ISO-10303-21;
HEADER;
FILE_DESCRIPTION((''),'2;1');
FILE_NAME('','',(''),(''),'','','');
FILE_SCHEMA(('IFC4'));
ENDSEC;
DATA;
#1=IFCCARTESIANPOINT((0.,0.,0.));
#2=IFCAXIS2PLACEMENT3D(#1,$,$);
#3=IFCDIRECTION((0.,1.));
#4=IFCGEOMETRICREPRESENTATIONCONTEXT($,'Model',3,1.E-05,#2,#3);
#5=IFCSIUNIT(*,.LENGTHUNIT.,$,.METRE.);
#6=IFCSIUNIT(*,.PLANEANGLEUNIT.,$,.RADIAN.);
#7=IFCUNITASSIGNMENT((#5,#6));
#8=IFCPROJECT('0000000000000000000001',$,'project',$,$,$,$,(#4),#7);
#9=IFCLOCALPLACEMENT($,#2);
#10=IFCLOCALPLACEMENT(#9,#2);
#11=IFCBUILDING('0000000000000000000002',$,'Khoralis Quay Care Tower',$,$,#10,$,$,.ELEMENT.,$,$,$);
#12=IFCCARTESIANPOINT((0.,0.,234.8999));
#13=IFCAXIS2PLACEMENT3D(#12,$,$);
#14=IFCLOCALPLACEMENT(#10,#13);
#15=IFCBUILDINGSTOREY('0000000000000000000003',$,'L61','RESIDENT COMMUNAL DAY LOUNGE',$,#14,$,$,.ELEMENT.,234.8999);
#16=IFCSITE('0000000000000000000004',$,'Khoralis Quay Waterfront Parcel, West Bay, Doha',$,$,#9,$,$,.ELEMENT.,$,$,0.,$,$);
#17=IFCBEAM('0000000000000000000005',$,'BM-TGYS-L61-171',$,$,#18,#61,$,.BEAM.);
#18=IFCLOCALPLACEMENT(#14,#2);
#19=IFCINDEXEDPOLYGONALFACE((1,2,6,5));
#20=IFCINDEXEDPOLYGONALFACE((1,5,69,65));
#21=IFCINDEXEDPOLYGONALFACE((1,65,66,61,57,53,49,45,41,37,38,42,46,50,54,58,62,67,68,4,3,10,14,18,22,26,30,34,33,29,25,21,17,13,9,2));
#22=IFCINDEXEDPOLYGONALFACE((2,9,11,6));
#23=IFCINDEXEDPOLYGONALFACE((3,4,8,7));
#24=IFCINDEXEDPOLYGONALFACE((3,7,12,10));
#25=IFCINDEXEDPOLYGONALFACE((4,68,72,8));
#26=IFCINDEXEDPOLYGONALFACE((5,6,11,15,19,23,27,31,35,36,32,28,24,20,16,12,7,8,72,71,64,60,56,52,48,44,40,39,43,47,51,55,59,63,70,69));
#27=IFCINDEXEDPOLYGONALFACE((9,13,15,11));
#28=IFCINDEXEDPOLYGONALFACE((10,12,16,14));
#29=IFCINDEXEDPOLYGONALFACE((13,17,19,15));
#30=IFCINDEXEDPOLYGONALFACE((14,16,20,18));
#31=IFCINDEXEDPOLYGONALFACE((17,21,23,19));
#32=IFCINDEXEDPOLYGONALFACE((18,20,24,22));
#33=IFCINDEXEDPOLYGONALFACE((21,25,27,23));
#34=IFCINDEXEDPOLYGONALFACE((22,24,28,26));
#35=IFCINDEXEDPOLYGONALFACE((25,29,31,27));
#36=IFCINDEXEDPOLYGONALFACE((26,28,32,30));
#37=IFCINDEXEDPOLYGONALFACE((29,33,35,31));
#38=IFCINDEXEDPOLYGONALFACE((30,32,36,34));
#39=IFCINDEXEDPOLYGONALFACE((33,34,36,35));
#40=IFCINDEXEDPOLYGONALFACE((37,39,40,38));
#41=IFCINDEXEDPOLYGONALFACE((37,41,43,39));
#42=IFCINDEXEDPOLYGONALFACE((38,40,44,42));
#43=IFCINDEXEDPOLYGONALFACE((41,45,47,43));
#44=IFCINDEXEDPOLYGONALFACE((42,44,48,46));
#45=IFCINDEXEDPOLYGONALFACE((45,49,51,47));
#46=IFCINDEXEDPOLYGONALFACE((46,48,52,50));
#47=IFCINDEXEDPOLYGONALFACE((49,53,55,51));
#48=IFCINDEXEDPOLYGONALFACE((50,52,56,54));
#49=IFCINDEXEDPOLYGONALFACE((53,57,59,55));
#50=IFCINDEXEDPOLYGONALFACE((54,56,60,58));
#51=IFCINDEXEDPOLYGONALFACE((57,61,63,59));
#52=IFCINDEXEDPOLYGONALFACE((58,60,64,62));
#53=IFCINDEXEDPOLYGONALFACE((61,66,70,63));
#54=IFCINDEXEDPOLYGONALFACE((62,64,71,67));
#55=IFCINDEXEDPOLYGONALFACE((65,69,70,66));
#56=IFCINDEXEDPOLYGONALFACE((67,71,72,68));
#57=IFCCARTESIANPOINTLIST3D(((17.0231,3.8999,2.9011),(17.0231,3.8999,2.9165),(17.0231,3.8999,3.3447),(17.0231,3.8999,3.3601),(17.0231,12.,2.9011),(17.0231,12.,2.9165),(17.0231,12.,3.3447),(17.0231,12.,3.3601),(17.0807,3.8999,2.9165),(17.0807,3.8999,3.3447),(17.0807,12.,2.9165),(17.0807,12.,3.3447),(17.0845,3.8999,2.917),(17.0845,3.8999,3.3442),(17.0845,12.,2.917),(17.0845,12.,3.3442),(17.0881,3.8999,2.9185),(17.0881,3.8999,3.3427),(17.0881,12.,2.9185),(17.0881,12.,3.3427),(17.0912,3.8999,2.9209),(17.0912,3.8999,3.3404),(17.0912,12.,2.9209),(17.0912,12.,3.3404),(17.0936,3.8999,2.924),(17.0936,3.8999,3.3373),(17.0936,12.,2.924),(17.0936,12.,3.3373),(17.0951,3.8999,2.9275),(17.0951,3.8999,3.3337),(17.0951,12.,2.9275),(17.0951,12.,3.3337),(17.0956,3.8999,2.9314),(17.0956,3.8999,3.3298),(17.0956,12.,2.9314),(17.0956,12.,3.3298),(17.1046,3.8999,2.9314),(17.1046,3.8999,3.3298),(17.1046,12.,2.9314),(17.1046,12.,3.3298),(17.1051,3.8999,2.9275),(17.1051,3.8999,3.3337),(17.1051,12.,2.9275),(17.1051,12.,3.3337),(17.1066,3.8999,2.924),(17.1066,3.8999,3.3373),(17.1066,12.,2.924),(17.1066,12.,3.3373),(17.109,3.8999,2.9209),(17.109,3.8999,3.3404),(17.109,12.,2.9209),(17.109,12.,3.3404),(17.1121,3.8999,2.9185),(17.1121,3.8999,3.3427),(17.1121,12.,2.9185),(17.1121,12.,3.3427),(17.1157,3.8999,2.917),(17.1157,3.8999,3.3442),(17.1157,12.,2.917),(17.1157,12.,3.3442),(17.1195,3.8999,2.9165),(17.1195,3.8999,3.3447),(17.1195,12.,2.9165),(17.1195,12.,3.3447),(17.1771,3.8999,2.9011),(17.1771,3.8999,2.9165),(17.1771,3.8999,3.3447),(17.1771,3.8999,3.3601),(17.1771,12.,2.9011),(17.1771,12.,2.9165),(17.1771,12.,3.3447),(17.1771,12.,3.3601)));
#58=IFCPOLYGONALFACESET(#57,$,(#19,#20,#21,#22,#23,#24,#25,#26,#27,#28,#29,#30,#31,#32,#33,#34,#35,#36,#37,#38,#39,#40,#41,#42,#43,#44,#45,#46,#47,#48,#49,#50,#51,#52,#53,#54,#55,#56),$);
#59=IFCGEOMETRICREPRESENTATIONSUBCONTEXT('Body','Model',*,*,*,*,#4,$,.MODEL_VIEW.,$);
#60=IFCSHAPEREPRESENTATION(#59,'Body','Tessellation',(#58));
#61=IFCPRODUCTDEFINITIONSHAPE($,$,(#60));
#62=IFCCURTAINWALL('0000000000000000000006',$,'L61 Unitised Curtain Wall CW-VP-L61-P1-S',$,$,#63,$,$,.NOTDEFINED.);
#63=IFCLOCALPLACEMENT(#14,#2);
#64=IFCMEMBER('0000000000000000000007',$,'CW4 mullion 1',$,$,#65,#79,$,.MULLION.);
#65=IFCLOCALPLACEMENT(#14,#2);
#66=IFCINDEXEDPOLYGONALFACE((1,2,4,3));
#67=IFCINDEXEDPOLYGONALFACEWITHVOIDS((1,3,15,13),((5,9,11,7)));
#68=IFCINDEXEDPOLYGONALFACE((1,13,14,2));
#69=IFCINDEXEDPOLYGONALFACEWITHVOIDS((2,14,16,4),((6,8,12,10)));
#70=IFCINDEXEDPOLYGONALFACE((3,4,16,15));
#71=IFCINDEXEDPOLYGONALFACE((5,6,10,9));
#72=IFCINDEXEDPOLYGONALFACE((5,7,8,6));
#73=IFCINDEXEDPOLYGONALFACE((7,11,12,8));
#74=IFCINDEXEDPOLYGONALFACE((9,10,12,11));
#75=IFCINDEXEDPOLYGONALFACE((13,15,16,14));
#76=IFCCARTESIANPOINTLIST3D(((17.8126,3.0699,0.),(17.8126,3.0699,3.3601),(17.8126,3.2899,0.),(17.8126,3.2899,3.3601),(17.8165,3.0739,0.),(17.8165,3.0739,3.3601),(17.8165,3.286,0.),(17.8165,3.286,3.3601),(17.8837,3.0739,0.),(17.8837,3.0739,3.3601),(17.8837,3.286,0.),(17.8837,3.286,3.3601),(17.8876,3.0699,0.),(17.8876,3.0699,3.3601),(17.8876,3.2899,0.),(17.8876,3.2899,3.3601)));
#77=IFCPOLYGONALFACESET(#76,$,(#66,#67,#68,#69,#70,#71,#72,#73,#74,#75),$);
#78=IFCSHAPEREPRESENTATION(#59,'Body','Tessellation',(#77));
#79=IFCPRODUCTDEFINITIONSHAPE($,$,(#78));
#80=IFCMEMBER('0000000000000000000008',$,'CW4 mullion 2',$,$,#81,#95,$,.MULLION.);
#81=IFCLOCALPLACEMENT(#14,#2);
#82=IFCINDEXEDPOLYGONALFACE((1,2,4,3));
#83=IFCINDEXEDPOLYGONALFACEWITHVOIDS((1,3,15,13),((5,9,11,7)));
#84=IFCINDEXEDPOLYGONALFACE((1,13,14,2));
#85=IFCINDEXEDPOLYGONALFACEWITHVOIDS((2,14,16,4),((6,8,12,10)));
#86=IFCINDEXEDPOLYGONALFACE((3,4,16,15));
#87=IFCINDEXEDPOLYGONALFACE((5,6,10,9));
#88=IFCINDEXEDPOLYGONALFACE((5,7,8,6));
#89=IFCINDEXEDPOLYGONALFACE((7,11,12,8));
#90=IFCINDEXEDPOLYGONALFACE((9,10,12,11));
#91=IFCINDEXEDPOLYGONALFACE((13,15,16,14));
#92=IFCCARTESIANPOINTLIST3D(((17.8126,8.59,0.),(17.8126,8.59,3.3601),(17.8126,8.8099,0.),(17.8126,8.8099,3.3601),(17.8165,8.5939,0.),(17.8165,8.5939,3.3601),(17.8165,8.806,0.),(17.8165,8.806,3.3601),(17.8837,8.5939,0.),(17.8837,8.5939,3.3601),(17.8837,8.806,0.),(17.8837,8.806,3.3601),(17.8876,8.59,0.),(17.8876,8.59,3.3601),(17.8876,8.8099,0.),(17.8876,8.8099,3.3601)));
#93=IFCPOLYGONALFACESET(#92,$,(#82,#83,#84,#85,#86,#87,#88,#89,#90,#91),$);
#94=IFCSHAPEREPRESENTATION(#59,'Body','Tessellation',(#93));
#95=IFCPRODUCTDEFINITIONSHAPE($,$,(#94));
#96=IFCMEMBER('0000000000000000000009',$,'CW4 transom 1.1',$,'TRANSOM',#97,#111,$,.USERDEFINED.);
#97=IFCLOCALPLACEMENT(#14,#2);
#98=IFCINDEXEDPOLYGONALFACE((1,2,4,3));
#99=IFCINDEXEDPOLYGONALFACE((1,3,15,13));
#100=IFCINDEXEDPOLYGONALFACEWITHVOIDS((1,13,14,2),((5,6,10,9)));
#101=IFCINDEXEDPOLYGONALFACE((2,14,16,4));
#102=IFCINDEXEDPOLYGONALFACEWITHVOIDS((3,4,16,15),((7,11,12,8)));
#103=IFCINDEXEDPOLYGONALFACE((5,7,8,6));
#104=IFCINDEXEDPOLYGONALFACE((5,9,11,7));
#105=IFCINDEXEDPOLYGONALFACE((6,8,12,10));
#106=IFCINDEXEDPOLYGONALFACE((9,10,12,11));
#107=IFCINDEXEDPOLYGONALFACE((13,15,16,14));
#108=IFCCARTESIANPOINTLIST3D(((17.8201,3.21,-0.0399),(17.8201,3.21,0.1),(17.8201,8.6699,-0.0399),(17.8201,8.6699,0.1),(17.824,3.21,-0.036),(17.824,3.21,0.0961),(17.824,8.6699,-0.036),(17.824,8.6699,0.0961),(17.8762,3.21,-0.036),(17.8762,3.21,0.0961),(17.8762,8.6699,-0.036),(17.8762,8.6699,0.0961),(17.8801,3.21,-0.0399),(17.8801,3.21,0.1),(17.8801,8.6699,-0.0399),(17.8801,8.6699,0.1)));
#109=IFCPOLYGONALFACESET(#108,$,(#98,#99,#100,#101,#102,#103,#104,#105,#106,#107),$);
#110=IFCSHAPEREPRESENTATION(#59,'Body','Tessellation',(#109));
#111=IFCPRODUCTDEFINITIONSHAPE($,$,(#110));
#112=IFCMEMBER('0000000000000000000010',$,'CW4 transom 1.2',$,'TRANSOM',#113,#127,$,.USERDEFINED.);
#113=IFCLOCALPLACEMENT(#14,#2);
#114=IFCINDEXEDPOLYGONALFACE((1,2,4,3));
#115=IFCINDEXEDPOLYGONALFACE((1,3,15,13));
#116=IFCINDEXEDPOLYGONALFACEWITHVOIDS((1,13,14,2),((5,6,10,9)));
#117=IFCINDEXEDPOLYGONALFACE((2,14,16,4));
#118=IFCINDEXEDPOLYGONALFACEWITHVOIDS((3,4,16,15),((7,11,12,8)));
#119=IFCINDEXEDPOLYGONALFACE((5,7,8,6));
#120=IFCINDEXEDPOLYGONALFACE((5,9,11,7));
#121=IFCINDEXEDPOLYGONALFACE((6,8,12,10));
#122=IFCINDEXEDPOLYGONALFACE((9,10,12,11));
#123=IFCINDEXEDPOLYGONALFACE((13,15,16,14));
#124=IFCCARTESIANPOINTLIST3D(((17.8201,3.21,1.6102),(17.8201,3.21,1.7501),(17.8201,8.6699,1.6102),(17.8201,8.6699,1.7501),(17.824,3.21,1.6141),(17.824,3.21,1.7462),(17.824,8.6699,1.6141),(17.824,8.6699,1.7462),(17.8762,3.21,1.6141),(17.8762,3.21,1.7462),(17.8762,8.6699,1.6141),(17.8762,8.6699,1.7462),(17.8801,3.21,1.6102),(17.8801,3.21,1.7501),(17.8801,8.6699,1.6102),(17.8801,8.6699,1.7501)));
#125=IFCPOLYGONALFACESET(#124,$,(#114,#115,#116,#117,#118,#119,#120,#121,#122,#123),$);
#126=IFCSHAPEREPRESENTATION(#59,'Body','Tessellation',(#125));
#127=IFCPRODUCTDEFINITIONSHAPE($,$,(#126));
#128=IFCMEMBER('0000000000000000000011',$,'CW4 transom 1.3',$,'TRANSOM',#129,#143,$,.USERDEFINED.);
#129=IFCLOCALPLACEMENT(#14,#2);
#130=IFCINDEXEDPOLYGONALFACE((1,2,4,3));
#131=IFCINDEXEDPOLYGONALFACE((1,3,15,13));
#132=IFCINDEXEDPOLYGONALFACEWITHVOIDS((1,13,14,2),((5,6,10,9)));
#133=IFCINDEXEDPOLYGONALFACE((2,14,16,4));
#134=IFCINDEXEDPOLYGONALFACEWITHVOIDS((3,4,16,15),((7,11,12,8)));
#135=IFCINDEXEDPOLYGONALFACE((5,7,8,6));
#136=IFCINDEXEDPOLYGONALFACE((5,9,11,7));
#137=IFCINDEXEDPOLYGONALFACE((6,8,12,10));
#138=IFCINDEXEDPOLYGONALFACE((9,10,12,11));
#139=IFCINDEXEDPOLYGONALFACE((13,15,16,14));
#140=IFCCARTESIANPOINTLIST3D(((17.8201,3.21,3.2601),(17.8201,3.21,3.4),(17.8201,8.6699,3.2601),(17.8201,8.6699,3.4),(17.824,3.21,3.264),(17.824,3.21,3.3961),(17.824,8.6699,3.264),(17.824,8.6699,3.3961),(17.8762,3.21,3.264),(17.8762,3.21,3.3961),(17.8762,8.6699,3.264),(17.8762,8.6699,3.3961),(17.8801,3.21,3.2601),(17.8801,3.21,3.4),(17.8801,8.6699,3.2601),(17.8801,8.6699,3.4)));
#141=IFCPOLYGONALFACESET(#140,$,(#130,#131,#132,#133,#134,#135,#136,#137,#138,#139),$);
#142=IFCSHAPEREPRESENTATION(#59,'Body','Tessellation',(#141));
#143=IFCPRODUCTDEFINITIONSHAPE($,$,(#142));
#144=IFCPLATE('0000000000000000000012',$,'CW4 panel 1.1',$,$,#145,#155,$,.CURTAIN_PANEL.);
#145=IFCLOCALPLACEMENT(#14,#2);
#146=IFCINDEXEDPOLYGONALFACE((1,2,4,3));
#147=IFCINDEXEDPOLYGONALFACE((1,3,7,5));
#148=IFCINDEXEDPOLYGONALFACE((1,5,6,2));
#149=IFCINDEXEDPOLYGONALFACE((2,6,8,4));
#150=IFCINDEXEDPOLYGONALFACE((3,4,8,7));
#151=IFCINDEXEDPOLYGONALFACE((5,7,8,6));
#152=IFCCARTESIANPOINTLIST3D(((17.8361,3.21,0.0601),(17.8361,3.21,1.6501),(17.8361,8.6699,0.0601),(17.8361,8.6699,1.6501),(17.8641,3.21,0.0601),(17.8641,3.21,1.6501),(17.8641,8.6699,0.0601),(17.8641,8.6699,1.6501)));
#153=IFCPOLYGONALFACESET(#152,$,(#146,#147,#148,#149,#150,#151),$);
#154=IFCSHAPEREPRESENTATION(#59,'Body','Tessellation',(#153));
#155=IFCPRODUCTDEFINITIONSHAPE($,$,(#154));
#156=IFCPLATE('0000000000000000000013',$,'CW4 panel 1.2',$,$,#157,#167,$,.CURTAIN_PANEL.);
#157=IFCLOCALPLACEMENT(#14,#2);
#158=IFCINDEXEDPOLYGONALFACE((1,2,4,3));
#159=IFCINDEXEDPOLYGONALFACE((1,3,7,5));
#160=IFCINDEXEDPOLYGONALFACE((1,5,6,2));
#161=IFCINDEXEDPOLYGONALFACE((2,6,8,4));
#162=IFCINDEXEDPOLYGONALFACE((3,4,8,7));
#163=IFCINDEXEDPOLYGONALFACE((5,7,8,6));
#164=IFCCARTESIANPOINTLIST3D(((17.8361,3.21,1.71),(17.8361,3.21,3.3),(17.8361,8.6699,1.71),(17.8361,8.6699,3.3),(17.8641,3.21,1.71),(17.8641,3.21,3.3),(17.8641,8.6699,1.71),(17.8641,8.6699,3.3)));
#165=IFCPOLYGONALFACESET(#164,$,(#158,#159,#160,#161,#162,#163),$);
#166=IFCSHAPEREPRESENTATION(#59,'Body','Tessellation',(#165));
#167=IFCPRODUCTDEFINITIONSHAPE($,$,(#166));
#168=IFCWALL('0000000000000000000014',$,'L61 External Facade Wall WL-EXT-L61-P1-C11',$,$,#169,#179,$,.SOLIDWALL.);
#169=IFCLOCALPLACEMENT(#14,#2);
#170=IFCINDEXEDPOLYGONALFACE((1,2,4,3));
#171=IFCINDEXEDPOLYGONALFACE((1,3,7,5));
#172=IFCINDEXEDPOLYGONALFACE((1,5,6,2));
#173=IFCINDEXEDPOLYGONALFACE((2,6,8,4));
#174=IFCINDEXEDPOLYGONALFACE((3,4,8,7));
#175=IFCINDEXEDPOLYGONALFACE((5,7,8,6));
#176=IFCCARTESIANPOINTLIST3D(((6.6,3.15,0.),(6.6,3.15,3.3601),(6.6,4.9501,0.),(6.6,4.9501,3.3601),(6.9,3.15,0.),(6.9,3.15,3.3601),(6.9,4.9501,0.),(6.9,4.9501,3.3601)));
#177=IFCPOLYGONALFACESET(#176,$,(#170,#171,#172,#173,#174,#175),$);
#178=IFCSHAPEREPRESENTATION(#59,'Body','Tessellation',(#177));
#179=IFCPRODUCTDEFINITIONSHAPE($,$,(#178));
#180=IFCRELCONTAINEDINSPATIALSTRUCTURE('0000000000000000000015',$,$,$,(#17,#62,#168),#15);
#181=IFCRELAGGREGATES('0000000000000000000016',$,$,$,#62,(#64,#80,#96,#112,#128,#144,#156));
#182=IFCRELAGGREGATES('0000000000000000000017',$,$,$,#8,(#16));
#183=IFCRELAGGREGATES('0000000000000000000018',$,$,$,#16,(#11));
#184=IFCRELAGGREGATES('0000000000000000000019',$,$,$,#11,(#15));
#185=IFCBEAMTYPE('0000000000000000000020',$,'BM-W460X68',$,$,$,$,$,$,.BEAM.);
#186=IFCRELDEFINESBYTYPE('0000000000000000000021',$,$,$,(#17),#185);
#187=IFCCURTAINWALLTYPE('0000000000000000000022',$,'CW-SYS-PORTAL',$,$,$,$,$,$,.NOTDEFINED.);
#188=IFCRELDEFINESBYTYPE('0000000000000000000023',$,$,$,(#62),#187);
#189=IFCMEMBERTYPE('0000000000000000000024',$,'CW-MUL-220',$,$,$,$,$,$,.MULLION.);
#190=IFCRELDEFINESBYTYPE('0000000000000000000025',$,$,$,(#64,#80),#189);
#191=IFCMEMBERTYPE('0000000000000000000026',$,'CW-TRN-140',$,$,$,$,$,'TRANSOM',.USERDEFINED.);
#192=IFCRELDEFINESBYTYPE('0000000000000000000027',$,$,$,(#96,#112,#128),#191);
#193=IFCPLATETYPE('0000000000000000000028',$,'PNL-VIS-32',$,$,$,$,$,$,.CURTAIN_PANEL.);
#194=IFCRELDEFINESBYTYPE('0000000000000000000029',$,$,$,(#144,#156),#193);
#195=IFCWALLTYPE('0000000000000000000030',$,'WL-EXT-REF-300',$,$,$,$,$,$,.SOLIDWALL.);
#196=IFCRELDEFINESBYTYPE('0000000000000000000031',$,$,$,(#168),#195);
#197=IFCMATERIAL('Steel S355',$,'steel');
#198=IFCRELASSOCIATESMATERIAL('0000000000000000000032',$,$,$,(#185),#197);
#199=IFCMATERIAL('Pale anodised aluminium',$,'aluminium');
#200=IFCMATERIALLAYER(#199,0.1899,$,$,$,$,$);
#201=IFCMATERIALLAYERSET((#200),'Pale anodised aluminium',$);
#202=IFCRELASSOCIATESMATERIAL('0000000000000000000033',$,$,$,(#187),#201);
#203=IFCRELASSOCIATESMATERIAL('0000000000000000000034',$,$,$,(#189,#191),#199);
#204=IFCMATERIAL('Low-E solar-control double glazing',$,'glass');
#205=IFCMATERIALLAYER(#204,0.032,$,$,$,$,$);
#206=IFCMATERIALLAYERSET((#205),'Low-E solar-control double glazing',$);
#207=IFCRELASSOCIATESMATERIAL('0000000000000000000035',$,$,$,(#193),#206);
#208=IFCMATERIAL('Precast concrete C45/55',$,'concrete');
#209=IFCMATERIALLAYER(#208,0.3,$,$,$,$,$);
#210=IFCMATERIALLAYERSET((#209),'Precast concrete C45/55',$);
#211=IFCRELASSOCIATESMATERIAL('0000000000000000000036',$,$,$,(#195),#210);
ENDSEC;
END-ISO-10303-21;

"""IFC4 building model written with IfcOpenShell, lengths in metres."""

from ifc_helpers import new_model, si_unit, direction, frame, frame_2d, origin, origin_2d, place, context, subcontext, project, spatial, rectangle, hollow_rectangle, i_section, extrude, source, transform, mapped, material, layer, layer_set, material_profile, profile_set, type_object, element, aggregate, save


model = new_model("IFC4")

# Units and contexts
model_context = context("Model", 3, precision=1e-05, world=origin(), true_north=direction((0.0, 1.0)))
body_context = subcontext(model_context, "Body", "Model", "MODEL_VIEW")
ifc_project = project(units=[si_unit("LENGTHUNIT", "METRE"), si_unit("PLANEANGLEUNIT", "RADIAN")], contexts=[model_context])

# Site, building, storey
site_placement = place(None, origin())
site = spatial("IfcSite", under=ifc_project, at=site_placement, Name="Khoralis Quay Waterfront Parcel, West Bay, Doha", CompositionType="ELEMENT", RefElevation=0.0)
building_placement = place(site_placement, origin())
building = spatial("IfcBuilding", under=site, at=building_placement, Name="Khoralis Quay Care Tower", CompositionType="ELEMENT")
storey_placement = place(building_placement, frame((0.0, 0.0, 234.8999)))
storey = spatial("IfcBuildingStorey", under=building, at=storey_placement, Name="L61", Description="RESIDENT COMMUNAL DAY LOUNGE", CompositionType="ELEMENT", Elevation=234.8999)

# Beam
ifc_material_1 = material(Name="Steel S355", Category="steel")
ifc_material_profile_1 = material_profile(ifc_material_1, i_section(OverallWidth=0.1541, OverallDepth=0.459, WebThickness=0.009, FlangeThickness=0.0154, FilletRadius=0.0149, at=origin_2d()), Name="Steel S355")
ifc_profile_set_1 = profile_set([ifc_material_profile_1], Name="Steel S355")
beam_type_1 = type_object("IfcBeamType", Name="BM-W460X68", PredefinedType="BEAM", material=ifc_profile_set_1)
shared_shape_1 = source(origin(), body_context, "Body", "SweptSolid", [
    extrude(i_section(OverallWidth=0.1541, OverallDepth=0.459, WebThickness=0.009, FlangeThickness=0.0154, FilletRadius=0.0149, at=origin_2d()), origin(), (0.0, 0.0, 1.0), 8.1001),
])
beam_1_placement = place(storey_placement, frame((17.1001, 3.8999, 3.1306), z_axis=(0.0, 1.0, 0.0), x_axis=(-1.0, 0.0, 0.0)))
element("IfcBeam", 1, at=beam_1_placement, inside=storey, type_object=beam_type_1, Name="BM-TGYS-L61-171", PredefinedType="BEAM", context=body_context, shape_type="MappedRepresentation", body=[
    mapped(shared_shape_1, transform((0.0, 0.0, 0.0), scale=1.0)),
])

# Curtain wall, members, plates
ifc_material_2 = material(Name="Pale anodised aluminium", Category="aluminium")
ifc_layer_1 = layer(ifc_material_2, 0.1899)
ifc_layer_set_1 = layer_set([ifc_layer_1], Name="Pale anodised aluminium")
curtain_wall_type = type_object("IfcCurtainWallType", Name="CW-SYS-PORTAL", PredefinedType="NOTDEFINED", material=ifc_layer_set_1)
curtain_wall_placement = place(storey_placement, origin())
curtain_wall = element("IfcCurtainWall", 2, at=curtain_wall_placement, inside=storey, type_object=curtain_wall_type, Name="L61 Unitised Curtain Wall CW-VP-L61-P1-S", PredefinedType="NOTDEFINED")
ifc_material_profile_2 = material_profile(ifc_material_2, hollow_rectangle(XDim=0.075, YDim=0.22, WallThickness=0.0039, at=origin_2d()), Name="Pale anodised aluminium")
ifc_profile_set_2 = profile_set([ifc_material_profile_2], Name="Pale anodised aluminium")
member_type_1 = type_object("IfcMemberType", Name="CW-MUL-220", PredefinedType="MULLION", material=ifc_profile_set_2)
shared_shape_2 = source(origin(), body_context, "Body", "SweptSolid", [
    extrude(hollow_rectangle(XDim=0.075, YDim=0.22, WallThickness=0.0039, at=origin_2d()), origin(), (0.0, 0.0, 1.0), 3.3601),
])
member_1_placement = place(storey_placement, frame((17.8501, 3.1799, 0.0), z_axis=(0.0, 0.0, 1.0), x_axis=(-1.0, 0.0, 0.0)))
member_1 = element("IfcMember", 3, at=member_1_placement, type_object=member_type_1, Name="CW4 mullion 1", PredefinedType="MULLION", context=body_context, shape_type="MappedRepresentation", body=[
    mapped(shared_shape_2, transform((0.0, 0.0, 0.0), scale=1.0)),
])
member_2_placement = place(storey_placement, frame((17.8501, 8.7, 0.0), z_axis=(0.0, 0.0, 1.0), x_axis=(-1.0, 0.0, 0.0)))
member_2 = element("IfcMember", 4, at=member_2_placement, type_object=member_type_1, Name="CW4 mullion 2", PredefinedType="MULLION", context=body_context, shape_type="MappedRepresentation", body=[
    mapped(shared_shape_2, transform((0.0, 0.0, 0.0), scale=1.0)),
])
ifc_material_profile_3 = material_profile(ifc_material_2, hollow_rectangle(XDim=0.0601, YDim=0.1399, WallThickness=0.0039, at=origin_2d()), Name="Pale anodised aluminium")
ifc_profile_set_3 = profile_set([ifc_material_profile_3], Name="Pale anodised aluminium")
member_type_2 = type_object("IfcMemberType", Name="CW-TRN-140", ElementType="TRANSOM", PredefinedType="USERDEFINED", material=ifc_profile_set_3)
shared_shape_3 = source(origin(), body_context, "Body", "SweptSolid", [
    extrude(hollow_rectangle(XDim=0.0601, YDim=0.1399, WallThickness=0.0039, at=origin_2d()), origin(), (0.0, 0.0, 1.0), 5.46),
])
member_3_placement = place(storey_placement, frame((17.8501, 3.21, 0.03), z_axis=(0.0, 1.0, 0.0), x_axis=(-1.0, 0.0, 0.0)))
member_3 = element("IfcMember", 5, at=member_3_placement, type_object=member_type_2, Name="CW4 transom 1.1", ObjectType="TRANSOM", PredefinedType="USERDEFINED", context=body_context, shape_type="MappedRepresentation", body=[
    mapped(shared_shape_3, transform((0.0, 0.0, 0.0), scale=1.0)),
])
member_4_placement = place(storey_placement, frame((17.8501, 3.21, 1.6802), z_axis=(0.0, 1.0, 0.0), x_axis=(-1.0, 0.0, 0.0)))
member_4 = element("IfcMember", 6, at=member_4_placement, type_object=member_type_2, Name="CW4 transom 1.2", ObjectType="TRANSOM", PredefinedType="USERDEFINED", context=body_context, shape_type="MappedRepresentation", body=[
    mapped(shared_shape_3, transform((0.0, 0.0, 0.0), scale=1.0)),
])
member_5_placement = place(storey_placement, frame((17.8501, 3.21, 3.3301), z_axis=(0.0, 1.0, 0.0), x_axis=(-1.0, 0.0, 0.0)))
member_5 = element("IfcMember", 7, at=member_5_placement, type_object=member_type_2, Name="CW4 transom 1.3", ObjectType="TRANSOM", PredefinedType="USERDEFINED", context=body_context, shape_type="MappedRepresentation", body=[
    mapped(shared_shape_3, transform((0.0, 0.0, 0.0), scale=1.0)),
])
ifc_material_3 = material(Name="Low-E solar-control double glazing", Category="glass")
ifc_layer_2 = layer(ifc_material_3, 0.032)
ifc_layer_set_2 = layer_set([ifc_layer_2], Name="Low-E solar-control double glazing")
plate_type = type_object("IfcPlateType", Name="PNL-VIS-32", PredefinedType="CURTAIN_PANEL", material=ifc_layer_set_2)
shared_shape_4 = source(origin(), body_context, "Body", "SweptSolid", [
    extrude(rectangle(XDim=5.46, YDim=0.0281, at=origin_2d()), origin(), (0.0, 0.0, 1.0), 1.5901),
])
plate_1_placement = place(storey_placement, frame((17.8501, 5.9399, 0.0601), z_axis=(0.0, 0.0, 1.0), x_axis=(0.0, 1.0, 0.0)))
plate_1 = element("IfcPlate", 8, at=plate_1_placement, type_object=plate_type, Name="CW4 panel 1.1", PredefinedType="CURTAIN_PANEL", context=body_context, shape_type="MappedRepresentation", body=[
    mapped(shared_shape_4, transform((0.0, 0.0, 0.0), scale=1.0)),
])
plate_2_placement = place(storey_placement, frame((17.8501, 5.9399, 1.71), z_axis=(0.0, 0.0, 1.0), x_axis=(0.0, 1.0, 0.0)))
plate_2 = element("IfcPlate", 9, at=plate_2_placement, type_object=plate_type, Name="CW4 panel 1.2", PredefinedType="CURTAIN_PANEL", context=body_context, shape_type="MappedRepresentation", body=[
    mapped(shared_shape_4, transform((0.0, 0.0, 0.0), scale=1.0)),
])
aggregate(curtain_wall, [member_1, member_2, member_3, member_4, member_5, plate_1, plate_2])

# Wall
ifc_material_4 = material(Name="Precast concrete C45/55", Category="concrete")
ifc_layer_3 = layer(ifc_material_4, 0.3)
ifc_layer_set_3 = layer_set([ifc_layer_3], Name="Precast concrete C45/55")
wall_type_1 = type_object("IfcWallType", Name="WL-EXT-REF-300", PredefinedType="SOLIDWALL", material=ifc_layer_set_3)
wall_1_placement = place(storey_placement, frame((6.75, 4.95, 0.0), z_axis=(0.0, 0.0, 1.0), x_axis=(0.0, -1.0, 0.0)))
element("IfcWall", 10, at=wall_1_placement, inside=storey, type_object=wall_type_1, Name="L61 External Facade Wall WL-EXT-L61-P1-C11", PredefinedType="SOLIDWALL", context=body_context, shape_type="SweptSolid", body=[
    extrude(rectangle(XDim=1.8, YDim=0.3, at=frame_2d((0.8999, 0.0))), origin(), (0.0, 0.0, 1.0), 3.3601),
])

save(model, "model.ifc")
